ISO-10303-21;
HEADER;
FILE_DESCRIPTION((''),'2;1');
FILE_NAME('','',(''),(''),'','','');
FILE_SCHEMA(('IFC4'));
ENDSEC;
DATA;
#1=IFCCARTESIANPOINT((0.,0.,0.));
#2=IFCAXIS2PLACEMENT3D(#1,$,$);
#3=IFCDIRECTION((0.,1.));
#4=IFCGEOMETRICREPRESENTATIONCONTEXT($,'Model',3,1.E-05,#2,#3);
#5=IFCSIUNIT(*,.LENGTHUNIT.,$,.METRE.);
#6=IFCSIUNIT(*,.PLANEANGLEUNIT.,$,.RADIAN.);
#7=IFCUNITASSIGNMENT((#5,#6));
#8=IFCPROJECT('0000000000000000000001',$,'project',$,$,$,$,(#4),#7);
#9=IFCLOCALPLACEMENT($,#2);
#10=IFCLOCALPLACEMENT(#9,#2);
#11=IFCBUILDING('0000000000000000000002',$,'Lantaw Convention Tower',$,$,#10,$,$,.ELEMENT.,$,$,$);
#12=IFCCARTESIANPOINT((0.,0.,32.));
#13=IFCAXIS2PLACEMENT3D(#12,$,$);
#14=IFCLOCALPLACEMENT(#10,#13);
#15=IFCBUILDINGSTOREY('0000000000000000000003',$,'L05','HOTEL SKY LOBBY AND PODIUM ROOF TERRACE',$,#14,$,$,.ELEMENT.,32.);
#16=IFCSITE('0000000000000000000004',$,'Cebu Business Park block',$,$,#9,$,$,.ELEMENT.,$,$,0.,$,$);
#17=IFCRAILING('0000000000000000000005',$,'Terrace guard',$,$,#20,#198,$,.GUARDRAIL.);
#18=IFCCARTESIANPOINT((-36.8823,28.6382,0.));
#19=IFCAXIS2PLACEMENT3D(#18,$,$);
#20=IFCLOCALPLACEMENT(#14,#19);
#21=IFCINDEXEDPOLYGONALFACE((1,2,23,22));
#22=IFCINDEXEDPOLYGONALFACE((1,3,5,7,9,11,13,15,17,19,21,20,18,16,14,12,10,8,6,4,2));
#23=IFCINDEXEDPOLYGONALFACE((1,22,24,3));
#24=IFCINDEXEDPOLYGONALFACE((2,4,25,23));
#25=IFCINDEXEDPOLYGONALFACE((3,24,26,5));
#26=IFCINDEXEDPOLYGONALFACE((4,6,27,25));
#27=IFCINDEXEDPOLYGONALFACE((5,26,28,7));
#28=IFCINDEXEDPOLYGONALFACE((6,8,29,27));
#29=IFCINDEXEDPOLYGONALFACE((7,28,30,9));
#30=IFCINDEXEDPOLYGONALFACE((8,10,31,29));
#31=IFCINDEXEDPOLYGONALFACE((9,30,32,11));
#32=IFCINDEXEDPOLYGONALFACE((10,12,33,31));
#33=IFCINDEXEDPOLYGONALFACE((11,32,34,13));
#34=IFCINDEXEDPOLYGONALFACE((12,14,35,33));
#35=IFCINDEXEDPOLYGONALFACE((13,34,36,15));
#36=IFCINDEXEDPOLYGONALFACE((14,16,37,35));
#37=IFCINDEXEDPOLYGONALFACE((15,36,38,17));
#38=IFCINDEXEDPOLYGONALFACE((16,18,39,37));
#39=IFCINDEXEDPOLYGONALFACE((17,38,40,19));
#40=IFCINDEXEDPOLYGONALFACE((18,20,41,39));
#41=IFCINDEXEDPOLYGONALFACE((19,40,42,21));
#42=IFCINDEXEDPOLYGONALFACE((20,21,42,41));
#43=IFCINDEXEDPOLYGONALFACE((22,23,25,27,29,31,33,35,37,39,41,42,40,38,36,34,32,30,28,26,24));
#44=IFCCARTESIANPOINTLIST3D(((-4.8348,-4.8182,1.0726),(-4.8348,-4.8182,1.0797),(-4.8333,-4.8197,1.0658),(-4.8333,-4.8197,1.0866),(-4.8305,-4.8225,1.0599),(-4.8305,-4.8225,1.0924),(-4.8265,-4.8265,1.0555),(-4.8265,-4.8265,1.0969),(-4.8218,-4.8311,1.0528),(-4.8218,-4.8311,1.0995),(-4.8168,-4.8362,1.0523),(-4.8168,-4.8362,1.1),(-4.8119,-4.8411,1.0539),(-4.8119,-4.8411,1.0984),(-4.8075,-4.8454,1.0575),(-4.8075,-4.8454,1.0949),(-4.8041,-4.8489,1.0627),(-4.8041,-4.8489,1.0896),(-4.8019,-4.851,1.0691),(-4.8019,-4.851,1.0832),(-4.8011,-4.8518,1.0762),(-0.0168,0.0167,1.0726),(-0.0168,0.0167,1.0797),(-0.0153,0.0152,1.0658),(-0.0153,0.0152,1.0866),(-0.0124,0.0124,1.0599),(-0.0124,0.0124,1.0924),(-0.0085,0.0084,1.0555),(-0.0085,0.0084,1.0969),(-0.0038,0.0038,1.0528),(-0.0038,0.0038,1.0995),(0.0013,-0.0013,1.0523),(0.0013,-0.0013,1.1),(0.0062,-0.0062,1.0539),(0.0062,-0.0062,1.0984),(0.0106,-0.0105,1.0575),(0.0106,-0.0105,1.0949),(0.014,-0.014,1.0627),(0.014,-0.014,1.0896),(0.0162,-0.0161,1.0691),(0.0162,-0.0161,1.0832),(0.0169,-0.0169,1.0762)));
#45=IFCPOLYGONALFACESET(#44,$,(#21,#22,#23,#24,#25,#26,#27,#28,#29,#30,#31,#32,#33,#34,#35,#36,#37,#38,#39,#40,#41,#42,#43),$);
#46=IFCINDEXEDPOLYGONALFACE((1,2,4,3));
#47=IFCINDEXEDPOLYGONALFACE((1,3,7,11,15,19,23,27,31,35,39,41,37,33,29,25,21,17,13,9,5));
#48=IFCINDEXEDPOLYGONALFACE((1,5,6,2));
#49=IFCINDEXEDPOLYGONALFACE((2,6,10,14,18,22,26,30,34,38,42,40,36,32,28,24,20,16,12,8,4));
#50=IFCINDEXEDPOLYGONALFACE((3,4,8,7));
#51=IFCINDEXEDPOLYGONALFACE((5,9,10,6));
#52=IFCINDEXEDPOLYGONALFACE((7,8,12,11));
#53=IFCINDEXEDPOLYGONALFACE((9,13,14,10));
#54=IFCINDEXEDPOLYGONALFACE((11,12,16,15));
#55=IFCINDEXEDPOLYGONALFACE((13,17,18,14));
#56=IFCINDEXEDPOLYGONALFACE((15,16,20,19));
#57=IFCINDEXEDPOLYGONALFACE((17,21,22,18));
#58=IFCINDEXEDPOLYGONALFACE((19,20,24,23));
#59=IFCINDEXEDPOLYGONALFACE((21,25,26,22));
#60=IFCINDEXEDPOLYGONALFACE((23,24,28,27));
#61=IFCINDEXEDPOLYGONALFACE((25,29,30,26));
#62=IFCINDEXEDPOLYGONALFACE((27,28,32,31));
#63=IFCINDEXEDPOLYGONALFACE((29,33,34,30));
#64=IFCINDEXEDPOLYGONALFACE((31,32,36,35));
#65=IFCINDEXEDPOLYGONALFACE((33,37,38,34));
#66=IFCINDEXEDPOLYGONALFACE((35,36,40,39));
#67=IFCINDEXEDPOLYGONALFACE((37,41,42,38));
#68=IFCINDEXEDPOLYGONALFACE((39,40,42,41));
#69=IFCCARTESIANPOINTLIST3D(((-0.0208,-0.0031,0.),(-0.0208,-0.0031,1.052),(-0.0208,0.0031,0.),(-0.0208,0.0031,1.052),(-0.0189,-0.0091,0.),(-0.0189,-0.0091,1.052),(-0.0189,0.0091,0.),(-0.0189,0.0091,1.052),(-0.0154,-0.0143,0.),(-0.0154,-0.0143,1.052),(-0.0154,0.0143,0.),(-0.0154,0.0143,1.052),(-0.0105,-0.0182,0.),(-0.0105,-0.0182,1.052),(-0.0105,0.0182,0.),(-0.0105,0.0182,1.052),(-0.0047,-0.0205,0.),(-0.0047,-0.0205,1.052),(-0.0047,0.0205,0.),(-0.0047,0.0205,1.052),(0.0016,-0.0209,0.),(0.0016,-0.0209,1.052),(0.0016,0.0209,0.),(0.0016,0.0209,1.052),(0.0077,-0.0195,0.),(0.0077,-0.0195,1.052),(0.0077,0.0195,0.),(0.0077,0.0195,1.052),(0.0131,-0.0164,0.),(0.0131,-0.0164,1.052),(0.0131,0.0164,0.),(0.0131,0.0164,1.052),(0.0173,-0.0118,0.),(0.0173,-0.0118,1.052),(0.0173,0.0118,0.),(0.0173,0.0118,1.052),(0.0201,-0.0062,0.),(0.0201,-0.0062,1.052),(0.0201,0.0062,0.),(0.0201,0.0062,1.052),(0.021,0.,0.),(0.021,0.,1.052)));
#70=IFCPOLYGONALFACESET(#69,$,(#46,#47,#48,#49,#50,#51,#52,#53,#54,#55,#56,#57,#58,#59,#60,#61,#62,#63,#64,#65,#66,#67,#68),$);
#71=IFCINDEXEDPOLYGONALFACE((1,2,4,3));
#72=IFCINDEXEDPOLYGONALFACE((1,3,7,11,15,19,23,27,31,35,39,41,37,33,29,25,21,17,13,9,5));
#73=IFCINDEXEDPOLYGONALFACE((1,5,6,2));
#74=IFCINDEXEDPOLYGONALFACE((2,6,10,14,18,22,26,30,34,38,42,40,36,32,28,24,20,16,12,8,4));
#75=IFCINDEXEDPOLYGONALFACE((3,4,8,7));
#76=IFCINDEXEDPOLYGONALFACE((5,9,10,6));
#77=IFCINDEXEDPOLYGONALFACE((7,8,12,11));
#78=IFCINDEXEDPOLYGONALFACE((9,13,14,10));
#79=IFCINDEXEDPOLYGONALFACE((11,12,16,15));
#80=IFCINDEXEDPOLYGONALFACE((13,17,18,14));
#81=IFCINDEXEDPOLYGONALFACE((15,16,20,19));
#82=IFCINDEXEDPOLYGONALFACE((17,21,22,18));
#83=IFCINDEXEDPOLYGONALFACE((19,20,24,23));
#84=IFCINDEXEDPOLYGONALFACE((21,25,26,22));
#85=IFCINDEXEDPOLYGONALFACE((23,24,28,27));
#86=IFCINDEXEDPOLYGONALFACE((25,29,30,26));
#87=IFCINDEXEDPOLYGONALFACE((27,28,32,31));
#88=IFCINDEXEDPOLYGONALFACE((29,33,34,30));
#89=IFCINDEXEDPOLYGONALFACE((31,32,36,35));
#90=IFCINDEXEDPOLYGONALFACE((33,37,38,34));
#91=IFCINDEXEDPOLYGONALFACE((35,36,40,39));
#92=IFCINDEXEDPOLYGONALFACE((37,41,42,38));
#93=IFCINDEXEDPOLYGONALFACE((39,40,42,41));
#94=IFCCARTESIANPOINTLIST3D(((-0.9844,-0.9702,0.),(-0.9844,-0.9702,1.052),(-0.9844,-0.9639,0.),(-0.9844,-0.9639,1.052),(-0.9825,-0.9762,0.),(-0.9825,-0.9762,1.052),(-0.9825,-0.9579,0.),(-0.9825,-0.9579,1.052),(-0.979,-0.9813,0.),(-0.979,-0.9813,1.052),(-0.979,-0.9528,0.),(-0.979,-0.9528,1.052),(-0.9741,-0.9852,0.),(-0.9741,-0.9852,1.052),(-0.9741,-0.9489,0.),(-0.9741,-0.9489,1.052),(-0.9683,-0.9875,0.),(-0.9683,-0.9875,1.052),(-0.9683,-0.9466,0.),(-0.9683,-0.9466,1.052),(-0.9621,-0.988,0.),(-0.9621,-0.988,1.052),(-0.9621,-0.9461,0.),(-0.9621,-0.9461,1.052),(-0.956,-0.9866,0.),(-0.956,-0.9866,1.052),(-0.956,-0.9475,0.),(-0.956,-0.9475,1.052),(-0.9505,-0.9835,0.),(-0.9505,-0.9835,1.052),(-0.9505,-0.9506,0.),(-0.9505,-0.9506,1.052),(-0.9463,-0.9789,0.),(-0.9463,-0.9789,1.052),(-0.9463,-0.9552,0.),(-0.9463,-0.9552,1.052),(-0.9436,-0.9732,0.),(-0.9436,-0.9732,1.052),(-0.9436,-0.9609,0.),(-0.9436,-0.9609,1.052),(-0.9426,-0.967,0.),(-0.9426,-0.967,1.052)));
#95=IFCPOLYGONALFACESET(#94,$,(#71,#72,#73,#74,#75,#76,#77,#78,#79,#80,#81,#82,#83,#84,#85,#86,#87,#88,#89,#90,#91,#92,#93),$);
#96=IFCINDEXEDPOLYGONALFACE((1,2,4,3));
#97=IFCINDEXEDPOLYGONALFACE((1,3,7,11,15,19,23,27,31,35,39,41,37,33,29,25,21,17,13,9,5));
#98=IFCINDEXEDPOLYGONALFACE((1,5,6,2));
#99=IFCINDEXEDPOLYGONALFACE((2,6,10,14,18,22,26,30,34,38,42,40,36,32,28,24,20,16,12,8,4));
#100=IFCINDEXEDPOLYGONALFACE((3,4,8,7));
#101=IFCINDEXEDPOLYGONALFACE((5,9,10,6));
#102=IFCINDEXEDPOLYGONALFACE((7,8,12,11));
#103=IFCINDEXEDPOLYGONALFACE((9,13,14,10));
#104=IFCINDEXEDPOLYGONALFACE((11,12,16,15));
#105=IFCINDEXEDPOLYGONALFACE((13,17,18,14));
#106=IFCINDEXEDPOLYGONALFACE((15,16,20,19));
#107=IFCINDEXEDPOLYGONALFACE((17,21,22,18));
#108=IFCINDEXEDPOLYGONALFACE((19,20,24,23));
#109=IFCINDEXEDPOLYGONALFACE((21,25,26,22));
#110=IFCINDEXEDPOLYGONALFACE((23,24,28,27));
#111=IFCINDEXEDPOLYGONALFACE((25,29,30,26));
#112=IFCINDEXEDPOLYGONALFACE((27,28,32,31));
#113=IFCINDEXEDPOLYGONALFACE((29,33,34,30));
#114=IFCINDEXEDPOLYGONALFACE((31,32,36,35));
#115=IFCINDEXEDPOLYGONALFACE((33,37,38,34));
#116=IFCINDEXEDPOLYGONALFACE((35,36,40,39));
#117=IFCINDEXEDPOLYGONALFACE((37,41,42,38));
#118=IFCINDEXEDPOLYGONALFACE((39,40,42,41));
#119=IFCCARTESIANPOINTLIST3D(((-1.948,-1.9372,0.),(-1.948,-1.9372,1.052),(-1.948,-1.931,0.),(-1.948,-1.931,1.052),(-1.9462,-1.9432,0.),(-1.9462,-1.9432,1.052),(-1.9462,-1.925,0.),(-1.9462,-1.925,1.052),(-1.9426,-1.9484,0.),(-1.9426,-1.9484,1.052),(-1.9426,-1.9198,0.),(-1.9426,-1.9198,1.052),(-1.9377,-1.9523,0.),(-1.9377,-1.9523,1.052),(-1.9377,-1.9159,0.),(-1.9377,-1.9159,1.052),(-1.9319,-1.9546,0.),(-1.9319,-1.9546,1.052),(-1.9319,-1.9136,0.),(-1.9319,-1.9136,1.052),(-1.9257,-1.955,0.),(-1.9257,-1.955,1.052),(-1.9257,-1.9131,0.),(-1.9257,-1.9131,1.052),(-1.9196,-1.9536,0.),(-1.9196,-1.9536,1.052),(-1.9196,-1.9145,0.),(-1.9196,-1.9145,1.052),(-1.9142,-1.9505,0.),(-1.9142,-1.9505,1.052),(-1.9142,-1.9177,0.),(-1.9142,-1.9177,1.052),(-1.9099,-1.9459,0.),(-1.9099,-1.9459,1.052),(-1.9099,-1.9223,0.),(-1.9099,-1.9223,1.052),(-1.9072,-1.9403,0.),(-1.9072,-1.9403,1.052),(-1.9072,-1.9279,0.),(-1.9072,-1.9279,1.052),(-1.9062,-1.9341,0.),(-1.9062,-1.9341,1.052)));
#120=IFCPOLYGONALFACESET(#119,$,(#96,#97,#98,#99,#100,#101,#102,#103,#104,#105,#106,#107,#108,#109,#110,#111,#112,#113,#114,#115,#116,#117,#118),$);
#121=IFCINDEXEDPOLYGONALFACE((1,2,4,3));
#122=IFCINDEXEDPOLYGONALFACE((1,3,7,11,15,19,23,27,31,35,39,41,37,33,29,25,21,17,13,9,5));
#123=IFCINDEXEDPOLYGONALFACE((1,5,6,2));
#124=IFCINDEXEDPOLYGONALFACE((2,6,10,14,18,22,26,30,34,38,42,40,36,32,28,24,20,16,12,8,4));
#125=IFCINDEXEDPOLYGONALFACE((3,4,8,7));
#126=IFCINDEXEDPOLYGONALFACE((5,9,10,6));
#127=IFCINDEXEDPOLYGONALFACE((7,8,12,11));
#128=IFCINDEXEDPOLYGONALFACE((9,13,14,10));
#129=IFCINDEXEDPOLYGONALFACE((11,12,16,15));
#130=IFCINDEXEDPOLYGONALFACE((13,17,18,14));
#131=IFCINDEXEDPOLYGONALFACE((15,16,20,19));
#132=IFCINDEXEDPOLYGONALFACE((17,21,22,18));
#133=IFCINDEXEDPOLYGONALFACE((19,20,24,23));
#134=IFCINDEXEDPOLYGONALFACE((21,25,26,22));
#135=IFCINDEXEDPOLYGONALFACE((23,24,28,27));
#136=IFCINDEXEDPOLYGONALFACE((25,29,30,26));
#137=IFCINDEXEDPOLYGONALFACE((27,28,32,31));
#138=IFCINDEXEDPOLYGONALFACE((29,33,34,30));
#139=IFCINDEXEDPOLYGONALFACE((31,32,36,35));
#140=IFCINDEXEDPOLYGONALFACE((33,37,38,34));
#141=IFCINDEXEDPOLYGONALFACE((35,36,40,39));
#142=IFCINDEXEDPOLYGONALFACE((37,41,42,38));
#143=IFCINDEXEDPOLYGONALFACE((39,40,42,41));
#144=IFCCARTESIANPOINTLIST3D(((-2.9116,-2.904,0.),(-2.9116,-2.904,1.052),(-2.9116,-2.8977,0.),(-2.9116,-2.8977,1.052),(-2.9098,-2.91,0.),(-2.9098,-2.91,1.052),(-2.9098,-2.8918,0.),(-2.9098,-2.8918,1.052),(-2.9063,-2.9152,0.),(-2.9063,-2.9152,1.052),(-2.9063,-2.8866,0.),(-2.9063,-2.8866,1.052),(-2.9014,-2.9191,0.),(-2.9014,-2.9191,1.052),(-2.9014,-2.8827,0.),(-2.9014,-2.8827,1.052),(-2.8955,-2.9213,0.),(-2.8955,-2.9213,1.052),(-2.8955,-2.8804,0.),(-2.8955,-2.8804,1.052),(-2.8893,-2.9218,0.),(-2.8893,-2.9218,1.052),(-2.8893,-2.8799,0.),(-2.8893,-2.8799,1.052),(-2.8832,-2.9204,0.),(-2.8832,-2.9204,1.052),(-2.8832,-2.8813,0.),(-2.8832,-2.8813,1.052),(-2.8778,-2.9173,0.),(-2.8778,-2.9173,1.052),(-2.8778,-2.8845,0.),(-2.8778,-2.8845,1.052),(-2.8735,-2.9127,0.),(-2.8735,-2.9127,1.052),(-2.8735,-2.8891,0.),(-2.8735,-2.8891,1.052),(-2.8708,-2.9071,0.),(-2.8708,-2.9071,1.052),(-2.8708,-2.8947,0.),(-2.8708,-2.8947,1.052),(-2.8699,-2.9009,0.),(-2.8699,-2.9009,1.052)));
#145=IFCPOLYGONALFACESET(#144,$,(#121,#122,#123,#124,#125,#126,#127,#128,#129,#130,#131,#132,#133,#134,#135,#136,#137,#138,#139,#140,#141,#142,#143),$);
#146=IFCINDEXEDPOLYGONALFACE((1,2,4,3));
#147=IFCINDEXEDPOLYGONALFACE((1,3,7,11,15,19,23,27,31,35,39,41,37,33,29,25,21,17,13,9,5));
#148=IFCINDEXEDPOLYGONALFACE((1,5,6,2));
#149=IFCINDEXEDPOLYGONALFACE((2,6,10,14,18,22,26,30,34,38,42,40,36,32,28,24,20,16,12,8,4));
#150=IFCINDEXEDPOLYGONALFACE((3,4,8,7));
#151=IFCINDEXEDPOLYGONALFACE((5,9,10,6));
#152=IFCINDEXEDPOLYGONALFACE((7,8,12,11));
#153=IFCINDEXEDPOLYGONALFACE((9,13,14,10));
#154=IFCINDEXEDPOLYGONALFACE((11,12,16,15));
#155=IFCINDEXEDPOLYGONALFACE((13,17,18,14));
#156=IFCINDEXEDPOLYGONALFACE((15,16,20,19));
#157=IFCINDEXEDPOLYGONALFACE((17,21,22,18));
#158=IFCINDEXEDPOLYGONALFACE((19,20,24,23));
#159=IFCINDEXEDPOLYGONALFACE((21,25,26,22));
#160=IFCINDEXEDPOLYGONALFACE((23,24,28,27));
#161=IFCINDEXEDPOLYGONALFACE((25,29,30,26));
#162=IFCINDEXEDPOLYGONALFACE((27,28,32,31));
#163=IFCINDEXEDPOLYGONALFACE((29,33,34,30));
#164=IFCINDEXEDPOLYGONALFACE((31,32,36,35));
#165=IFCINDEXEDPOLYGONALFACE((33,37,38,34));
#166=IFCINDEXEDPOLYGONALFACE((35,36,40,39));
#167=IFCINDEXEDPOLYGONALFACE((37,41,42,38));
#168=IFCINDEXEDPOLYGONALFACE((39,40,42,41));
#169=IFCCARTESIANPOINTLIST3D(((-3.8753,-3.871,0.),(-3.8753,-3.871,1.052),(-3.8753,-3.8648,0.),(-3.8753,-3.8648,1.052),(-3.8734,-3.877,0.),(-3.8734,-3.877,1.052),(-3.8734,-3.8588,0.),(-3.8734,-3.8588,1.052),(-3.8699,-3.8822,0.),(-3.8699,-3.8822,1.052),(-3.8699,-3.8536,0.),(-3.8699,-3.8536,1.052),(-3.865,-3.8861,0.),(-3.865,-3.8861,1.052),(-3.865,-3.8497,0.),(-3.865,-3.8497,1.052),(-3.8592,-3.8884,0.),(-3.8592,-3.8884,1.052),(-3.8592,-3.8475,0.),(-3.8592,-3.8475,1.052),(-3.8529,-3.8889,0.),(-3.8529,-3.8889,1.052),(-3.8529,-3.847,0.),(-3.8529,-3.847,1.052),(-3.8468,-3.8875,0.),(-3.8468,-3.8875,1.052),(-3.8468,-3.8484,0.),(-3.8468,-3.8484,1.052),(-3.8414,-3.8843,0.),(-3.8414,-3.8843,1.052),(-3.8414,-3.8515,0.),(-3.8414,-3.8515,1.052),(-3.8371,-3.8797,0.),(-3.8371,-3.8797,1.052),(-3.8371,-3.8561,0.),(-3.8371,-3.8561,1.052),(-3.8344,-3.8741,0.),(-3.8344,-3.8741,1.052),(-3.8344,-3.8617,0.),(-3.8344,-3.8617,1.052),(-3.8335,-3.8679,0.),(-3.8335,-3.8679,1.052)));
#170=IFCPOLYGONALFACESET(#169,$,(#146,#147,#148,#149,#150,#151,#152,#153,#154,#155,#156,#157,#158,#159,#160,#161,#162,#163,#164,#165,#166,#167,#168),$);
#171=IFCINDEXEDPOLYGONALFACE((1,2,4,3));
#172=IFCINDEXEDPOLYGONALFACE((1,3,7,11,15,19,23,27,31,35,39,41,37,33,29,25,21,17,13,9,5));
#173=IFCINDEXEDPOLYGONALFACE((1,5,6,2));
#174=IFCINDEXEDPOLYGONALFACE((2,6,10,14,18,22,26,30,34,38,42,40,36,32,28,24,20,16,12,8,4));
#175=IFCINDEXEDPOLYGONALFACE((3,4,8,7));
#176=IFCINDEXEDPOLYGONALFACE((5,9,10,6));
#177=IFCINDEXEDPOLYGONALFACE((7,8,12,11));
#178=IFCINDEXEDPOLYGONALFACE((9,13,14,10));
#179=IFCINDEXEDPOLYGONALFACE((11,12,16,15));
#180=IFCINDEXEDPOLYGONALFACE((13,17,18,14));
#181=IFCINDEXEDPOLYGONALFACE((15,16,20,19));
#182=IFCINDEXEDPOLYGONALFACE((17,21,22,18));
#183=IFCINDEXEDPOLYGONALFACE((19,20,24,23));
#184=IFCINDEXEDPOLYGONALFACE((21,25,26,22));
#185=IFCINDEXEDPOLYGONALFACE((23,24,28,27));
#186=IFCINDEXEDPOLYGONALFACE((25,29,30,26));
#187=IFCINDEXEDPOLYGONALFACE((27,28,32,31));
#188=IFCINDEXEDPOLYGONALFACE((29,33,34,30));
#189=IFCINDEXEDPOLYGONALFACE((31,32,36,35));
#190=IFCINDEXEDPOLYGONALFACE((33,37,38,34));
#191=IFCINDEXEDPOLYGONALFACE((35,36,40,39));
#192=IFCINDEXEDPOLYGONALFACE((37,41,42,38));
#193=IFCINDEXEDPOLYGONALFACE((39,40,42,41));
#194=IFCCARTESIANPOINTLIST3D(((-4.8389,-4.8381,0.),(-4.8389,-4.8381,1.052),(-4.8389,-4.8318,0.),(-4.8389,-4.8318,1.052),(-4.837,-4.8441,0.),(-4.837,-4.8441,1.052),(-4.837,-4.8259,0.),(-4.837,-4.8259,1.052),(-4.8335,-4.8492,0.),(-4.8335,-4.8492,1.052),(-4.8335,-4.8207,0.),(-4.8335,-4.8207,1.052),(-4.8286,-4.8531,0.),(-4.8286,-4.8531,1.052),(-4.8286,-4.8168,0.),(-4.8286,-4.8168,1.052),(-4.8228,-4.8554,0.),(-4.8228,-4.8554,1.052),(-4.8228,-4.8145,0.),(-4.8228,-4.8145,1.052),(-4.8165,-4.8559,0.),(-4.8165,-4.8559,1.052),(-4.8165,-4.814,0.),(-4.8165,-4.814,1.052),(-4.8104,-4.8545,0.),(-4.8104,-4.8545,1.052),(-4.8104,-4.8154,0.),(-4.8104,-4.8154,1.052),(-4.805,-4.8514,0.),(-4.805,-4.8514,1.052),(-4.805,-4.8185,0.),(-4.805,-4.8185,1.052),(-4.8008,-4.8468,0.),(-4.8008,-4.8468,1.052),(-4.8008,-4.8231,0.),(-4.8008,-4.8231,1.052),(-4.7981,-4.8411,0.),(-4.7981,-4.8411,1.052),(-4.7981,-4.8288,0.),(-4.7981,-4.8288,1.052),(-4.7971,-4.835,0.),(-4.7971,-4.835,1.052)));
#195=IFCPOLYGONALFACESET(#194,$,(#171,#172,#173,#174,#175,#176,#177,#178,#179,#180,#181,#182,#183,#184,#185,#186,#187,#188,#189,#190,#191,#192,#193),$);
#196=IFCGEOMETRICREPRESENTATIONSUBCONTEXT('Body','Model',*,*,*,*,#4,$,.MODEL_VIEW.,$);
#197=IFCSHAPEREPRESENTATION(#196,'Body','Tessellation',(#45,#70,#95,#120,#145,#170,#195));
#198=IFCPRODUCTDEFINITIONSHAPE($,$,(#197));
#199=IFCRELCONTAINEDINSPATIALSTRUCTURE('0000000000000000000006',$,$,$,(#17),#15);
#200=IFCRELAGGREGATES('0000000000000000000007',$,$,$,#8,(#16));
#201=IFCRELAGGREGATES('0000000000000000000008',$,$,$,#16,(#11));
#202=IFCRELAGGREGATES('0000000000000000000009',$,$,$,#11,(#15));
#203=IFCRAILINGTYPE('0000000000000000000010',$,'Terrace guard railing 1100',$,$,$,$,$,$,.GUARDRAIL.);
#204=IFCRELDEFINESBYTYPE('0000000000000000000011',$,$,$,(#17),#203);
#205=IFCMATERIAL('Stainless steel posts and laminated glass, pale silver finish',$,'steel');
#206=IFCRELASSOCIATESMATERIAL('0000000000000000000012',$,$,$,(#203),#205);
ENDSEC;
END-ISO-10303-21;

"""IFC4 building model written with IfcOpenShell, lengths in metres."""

from ifc_helpers import new_model, si_unit, direction, frame, origin, origin_2d, place, context, subcontext, project, spatial, circle, extrude, material, type_object, element, save


model = new_model("IFC4")

# Units and contexts
model_context = context("Model", 3, precision=1e-05, world=origin(), true_north=direction((0.0, 1.0)))
body_context = subcontext(model_context, "Body", "Model", "MODEL_VIEW")
ifc_project = project(units=[si_unit("LENGTHUNIT", "METRE"), si_unit("PLANEANGLEUNIT", "RADIAN")], contexts=[model_context])

# Site, building, storey
site_placement = place(None, origin())
site = spatial("IfcSite", under=ifc_project, at=site_placement, Name="Cebu Business Park block", CompositionType="ELEMENT", RefElevation=0.0)
building_placement = place(site_placement, origin())
building = spatial("IfcBuilding", under=site, at=building_placement, Name="Lantaw Convention Tower", CompositionType="ELEMENT")
storey_placement = place(building_placement, frame((0.0, 0.0, 32.0)))
storey = spatial("IfcBuildingStorey", under=building, at=storey_placement, Name="L05", Description="HOTEL SKY LOBBY AND PODIUM ROOF TERRACE", CompositionType="ELEMENT", Elevation=32.0)

# Railing
ifc_material_1 = material(Name="Stainless steel posts and laminated glass, pale silver finish", Category="steel")
railing_type_1 = type_object("IfcRailingType", Name="Terrace guard railing 1100", PredefinedType="GUARDRAIL", material=ifc_material_1)
railing_1_placement = place(storey_placement, frame((-36.8823, 28.6382, 0.0)))
element("IfcRailing", 1, at=railing_1_placement, inside=storey, type_object=railing_type_1, Name="Terrace guard", PredefinedType="GUARDRAIL", context=body_context, shape_type="SweptSolid", body=[
    extrude(circle(Radius=0.0239, at=origin_2d()), frame((0.0, 0.0, 1.0762), z_axis=(-0.705872, -0.70834, 0.0), x_axis=(0.70834, -0.705872, 0.0)), (0.0, 0.0, 1.0), 6.8257),
    extrude(circle(Radius=0.021, at=origin_2d()), origin(), (0.0, 0.0, 1.0), 1.052),
    extrude(circle(Radius=0.021, at=origin_2d()), frame((-0.9636, -0.967, 0.0)), (0.0, 0.0, 1.0), 1.052),
    extrude(circle(Radius=0.021, at=origin_2d()), frame((-1.9272, -1.9341, 0.0)), (0.0, 0.0, 1.0), 1.052),
    extrude(circle(Radius=0.021, at=origin_2d()), frame((-2.8909, -2.9009, 0.0)), (0.0, 0.0, 1.0), 1.052),
    extrude(circle(Radius=0.021, at=origin_2d()), frame((-3.8545, -3.8679, 0.0)), (0.0, 0.0, 1.0), 1.052),
    extrude(circle(Radius=0.021, at=origin_2d()), frame((-4.8181, -4.835, 0.0)), (0.0, 0.0, 1.0), 1.052),
])

save(model, "model.ifc")
